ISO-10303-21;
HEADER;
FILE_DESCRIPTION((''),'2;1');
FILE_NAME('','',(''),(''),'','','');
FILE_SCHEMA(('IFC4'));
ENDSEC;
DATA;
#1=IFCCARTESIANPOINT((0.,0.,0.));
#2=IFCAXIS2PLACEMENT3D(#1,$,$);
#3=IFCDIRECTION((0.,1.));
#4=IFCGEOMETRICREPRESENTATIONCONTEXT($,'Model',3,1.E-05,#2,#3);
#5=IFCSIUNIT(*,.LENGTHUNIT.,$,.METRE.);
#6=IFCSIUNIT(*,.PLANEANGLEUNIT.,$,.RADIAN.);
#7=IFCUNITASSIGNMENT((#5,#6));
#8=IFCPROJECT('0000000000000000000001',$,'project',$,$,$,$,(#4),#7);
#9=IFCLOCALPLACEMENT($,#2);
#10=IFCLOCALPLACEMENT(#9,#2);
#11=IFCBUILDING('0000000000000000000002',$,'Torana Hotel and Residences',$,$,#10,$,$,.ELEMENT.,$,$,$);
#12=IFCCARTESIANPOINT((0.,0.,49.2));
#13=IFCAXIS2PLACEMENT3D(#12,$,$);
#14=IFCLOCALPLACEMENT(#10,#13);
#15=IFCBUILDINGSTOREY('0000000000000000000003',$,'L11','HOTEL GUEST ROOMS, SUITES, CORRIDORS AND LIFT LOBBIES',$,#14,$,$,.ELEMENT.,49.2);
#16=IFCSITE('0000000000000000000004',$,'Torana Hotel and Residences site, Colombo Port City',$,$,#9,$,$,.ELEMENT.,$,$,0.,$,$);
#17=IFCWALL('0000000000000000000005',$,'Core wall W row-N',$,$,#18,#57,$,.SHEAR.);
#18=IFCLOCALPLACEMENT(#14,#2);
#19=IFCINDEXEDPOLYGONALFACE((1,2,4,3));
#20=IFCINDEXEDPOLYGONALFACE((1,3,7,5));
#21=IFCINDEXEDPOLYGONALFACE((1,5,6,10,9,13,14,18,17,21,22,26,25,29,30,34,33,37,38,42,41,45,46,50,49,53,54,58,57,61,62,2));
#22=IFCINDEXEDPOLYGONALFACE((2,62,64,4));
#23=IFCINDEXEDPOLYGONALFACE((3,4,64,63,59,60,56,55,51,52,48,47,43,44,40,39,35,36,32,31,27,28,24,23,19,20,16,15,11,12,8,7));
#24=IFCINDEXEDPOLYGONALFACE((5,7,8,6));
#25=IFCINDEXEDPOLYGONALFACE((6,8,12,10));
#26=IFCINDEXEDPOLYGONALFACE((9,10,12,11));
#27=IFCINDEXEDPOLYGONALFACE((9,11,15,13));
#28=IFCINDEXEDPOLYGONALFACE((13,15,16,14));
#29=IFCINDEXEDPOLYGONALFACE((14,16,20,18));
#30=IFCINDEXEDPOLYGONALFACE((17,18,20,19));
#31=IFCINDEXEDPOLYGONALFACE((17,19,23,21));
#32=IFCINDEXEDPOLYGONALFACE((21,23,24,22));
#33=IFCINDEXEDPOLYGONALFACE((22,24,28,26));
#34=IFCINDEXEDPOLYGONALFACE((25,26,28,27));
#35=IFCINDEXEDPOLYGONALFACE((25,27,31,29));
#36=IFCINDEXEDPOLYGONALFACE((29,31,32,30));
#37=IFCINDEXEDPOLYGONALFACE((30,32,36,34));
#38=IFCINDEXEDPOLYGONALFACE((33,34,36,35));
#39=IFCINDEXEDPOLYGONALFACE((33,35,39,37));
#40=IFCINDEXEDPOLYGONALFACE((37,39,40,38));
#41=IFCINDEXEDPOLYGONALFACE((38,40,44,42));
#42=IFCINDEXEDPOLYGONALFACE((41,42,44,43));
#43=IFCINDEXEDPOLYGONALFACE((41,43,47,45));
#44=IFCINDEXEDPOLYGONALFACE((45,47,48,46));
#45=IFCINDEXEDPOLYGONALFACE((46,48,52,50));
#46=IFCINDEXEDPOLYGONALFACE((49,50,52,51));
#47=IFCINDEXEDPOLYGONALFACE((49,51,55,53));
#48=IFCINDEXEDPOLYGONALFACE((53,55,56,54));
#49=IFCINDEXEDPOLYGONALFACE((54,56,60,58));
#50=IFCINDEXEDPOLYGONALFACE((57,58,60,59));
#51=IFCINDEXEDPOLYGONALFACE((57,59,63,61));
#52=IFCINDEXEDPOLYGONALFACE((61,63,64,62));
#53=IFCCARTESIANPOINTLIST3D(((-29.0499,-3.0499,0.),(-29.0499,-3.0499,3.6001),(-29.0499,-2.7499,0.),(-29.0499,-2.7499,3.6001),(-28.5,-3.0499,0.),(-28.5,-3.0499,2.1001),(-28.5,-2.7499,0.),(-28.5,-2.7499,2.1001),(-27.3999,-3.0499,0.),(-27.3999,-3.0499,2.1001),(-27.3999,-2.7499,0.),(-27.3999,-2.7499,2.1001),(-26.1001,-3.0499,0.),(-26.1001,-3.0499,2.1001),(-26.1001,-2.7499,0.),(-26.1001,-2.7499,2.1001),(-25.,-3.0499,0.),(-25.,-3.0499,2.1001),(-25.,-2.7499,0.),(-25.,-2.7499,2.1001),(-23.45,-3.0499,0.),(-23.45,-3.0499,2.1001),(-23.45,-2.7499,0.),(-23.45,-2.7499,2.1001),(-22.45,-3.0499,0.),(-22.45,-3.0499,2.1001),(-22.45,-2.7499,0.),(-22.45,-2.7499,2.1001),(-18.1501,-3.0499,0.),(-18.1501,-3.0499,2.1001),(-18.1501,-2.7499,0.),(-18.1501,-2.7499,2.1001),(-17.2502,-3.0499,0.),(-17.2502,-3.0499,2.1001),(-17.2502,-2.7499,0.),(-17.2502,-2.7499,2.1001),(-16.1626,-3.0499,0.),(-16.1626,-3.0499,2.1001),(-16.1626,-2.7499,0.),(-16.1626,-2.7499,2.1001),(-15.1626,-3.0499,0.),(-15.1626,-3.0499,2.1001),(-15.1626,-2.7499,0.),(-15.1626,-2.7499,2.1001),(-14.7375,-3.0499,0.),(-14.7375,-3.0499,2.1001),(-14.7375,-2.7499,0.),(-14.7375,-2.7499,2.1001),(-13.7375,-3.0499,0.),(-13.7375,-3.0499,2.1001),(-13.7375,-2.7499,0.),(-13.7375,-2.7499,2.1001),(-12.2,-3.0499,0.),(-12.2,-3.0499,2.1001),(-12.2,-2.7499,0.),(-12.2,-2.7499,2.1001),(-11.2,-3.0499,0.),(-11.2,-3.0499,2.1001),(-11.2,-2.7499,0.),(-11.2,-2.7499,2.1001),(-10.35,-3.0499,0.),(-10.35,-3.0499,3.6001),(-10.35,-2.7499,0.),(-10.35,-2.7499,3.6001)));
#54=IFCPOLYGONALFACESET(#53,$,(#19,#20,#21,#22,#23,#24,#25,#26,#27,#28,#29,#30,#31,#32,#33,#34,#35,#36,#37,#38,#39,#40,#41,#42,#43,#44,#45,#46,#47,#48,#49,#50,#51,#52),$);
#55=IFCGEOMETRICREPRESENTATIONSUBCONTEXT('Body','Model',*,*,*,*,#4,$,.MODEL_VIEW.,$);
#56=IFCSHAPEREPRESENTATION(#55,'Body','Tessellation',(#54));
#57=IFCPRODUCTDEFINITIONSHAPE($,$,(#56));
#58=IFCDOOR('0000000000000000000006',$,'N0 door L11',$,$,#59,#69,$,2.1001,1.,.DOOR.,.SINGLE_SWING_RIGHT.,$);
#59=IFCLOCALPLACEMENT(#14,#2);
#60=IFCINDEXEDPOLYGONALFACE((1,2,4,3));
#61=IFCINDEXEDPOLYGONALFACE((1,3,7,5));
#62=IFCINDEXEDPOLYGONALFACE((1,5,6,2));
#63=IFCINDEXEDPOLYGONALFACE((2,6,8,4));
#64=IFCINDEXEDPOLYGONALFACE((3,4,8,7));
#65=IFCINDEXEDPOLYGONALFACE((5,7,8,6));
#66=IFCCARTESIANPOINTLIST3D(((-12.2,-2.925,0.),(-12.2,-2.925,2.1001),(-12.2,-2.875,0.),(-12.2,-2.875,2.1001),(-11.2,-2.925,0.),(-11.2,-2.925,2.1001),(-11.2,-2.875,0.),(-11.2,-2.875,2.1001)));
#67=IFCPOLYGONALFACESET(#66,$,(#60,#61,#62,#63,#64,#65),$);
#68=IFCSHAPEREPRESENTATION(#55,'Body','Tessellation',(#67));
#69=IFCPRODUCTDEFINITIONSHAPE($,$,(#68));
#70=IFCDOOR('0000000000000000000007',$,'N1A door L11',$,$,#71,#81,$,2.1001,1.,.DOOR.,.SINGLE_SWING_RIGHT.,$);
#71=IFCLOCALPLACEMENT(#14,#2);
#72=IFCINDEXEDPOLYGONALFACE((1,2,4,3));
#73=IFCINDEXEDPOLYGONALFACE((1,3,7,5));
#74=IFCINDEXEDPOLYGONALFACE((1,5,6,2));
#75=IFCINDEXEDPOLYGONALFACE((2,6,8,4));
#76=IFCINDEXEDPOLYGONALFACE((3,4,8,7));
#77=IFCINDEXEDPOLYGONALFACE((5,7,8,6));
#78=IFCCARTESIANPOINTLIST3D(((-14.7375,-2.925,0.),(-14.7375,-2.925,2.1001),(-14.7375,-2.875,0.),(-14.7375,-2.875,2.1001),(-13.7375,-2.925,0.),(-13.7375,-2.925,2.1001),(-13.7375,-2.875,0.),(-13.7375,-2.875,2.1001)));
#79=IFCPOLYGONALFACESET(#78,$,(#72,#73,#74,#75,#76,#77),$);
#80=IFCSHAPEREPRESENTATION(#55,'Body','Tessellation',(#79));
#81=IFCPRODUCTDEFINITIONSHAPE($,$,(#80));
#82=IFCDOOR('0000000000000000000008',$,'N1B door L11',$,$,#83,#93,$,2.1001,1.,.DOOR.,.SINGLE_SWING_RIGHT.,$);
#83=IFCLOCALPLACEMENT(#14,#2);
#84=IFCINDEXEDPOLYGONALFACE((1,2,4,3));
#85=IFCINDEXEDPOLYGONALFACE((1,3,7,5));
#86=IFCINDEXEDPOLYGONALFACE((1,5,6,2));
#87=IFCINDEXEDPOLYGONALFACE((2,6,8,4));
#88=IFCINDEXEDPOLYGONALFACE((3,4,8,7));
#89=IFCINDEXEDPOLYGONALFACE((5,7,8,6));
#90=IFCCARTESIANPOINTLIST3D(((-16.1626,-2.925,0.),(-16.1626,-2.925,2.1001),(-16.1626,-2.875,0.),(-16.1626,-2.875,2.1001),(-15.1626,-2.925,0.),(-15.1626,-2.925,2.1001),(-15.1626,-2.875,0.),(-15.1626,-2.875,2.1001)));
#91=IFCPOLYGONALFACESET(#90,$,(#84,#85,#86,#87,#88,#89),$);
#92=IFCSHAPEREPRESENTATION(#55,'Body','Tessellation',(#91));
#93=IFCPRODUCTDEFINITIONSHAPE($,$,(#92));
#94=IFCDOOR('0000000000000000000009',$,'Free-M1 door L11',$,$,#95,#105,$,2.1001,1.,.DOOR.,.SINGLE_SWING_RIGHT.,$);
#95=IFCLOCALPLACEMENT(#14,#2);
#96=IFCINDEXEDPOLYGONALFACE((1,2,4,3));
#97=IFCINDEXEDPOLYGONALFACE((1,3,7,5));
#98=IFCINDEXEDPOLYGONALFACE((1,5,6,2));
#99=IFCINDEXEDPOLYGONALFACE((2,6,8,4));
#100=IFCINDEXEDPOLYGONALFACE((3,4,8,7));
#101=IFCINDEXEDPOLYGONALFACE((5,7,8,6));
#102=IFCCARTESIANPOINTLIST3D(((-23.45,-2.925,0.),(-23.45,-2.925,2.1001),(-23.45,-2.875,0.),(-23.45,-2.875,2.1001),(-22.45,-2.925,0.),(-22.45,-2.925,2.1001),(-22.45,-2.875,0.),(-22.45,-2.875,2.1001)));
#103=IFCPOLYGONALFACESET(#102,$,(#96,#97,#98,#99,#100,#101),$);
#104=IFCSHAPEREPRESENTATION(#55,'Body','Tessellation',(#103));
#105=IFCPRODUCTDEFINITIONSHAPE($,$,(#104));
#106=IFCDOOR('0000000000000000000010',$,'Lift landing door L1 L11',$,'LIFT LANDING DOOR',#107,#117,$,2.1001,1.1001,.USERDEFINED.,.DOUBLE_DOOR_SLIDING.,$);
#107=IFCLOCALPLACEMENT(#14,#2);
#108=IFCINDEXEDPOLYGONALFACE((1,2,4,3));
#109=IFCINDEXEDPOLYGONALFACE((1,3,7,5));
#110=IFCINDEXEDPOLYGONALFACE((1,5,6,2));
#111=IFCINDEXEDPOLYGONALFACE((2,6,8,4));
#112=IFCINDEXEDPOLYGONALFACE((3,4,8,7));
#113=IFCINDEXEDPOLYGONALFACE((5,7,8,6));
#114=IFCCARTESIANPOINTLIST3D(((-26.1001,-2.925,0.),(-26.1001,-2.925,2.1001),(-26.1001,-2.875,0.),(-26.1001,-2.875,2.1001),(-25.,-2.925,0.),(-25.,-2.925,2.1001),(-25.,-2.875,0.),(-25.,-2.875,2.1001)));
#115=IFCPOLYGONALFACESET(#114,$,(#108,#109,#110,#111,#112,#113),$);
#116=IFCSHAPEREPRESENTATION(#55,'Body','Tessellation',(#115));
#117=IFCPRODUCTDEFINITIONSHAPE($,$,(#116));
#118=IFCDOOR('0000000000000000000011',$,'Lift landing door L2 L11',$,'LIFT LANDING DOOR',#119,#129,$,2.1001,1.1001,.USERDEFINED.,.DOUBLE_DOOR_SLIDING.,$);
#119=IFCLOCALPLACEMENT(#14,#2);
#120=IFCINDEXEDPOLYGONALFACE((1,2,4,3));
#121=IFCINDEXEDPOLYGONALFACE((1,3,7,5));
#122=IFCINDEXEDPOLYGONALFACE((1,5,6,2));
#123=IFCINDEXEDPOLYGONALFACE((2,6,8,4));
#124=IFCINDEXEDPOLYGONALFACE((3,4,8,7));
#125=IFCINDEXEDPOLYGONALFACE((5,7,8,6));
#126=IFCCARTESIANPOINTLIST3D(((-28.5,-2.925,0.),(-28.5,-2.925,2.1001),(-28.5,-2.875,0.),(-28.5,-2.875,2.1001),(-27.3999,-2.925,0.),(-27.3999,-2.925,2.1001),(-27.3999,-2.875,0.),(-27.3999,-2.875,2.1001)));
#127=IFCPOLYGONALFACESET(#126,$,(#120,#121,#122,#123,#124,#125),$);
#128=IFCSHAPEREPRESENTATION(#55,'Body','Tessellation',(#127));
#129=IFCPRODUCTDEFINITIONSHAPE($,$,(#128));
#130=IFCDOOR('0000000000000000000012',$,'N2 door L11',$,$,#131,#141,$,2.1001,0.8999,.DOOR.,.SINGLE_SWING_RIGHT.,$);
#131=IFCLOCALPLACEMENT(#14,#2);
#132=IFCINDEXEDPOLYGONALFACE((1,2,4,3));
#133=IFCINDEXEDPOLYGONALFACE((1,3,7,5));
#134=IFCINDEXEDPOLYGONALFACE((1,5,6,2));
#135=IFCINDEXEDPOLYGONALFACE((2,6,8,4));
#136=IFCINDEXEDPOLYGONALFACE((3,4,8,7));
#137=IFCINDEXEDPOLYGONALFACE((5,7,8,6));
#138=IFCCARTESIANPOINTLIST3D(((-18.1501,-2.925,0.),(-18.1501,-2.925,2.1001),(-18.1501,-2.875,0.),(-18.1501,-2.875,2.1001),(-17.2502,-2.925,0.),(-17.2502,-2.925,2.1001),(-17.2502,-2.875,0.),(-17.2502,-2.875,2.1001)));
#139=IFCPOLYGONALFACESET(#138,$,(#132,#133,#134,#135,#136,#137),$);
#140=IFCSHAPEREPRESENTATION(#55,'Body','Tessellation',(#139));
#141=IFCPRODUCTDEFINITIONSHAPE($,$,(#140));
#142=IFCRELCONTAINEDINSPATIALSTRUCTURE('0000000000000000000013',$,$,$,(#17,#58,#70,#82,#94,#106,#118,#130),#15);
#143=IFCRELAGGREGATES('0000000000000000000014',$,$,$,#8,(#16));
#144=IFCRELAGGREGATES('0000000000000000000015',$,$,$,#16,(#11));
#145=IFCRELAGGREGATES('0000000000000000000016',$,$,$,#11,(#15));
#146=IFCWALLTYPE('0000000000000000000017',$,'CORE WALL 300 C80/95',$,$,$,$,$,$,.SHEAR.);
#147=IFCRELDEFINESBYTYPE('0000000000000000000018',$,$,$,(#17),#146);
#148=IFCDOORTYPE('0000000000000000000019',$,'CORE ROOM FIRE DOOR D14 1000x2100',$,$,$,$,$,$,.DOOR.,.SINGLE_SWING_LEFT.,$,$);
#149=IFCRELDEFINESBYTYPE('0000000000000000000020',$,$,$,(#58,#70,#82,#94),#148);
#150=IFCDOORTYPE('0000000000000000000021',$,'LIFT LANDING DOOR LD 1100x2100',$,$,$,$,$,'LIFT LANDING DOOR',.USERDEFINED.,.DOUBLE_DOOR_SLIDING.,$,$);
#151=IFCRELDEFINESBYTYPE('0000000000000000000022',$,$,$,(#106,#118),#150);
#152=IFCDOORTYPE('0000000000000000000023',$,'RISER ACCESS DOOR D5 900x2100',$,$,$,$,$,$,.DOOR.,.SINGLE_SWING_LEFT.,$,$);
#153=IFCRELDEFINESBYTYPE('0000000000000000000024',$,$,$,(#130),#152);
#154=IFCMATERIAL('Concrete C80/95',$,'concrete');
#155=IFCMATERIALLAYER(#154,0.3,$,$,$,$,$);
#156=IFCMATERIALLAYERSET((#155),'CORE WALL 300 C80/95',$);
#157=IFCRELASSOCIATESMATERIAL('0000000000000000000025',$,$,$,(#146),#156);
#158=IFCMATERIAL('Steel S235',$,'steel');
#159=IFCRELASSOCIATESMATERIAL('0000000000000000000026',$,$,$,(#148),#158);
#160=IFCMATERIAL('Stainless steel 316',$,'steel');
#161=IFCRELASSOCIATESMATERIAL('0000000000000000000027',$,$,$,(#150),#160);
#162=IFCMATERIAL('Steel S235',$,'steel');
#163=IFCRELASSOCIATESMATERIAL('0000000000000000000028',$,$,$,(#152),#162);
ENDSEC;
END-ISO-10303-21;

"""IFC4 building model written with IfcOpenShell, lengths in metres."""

from ifc_helpers import new_model, si_unit, direction, frame, frame_2d, origin, place, context, subcontext, project, spatial, rectangle, extrude, material, layer, layer_set, type_object, element, fill, save


model = new_model("IFC4")

# Units and contexts
model_context = context("Model", 3, precision=1e-05, world=origin(), true_north=direction((0.0, 1.0)))
body_context = subcontext(model_context, "Body", "Model", "MODEL_VIEW")
ifc_project = project(units=[si_unit("LENGTHUNIT", "METRE"), si_unit("PLANEANGLEUNIT", "RADIAN")], contexts=[model_context])

# Site, building, storey
site_placement = place(None, origin())
site = spatial("IfcSite", under=ifc_project, at=site_placement, Name="Torana Hotel and Residences site, Colombo Port City", CompositionType="ELEMENT", RefElevation=0.0)
building_placement = place(site_placement, origin())
building = spatial("IfcBuilding", under=site, at=building_placement, Name="Torana Hotel and Residences", CompositionType="ELEMENT")
storey_placement = place(building_placement, frame((0.0, 0.0, 49.2)))
storey = spatial("IfcBuildingStorey", under=building, at=storey_placement, Name="L11", Description="HOTEL GUEST ROOMS, SUITES, CORRIDORS AND LIFT LOBBIES", CompositionType="ELEMENT", Elevation=49.2)

# Wall, openings, doors
ifc_material_1 = material(Name="Concrete C80/95", Category="concrete")
ifc_layer_1 = layer(ifc_material_1, 0.3)
ifc_layer_set_1 = layer_set([ifc_layer_1], Name="CORE WALL 300 C80/95")
wall_type_1 = type_object("IfcWallType", Name="CORE WALL 300 C80/95", PredefinedType="SHEAR", material=ifc_layer_set_1)
wall_1_placement = place(storey_placement, frame((-29.05, -2.8999, 0.0), z_axis=(0.0, 0.0, 1.0), x_axis=(1.0, 0.0, 0.0)))
wall_1 = element("IfcWall", 1, at=wall_1_placement, inside=storey, type_object=wall_type_1, Name="Core wall W row-N", PredefinedType="SHEAR", context=body_context, shape_type="SweptSolid", body=[
    extrude(rectangle(XDim=18.7, YDim=0.3, at=frame_2d((9.3501, 0.0))), origin(), (0.0, 0.0, 1.0), 3.6001),
])
opening_1_placement = place(wall_1_placement, frame((2.95, 0.0, 0.0)))
opening_1 = element("IfcOpeningElement", 2, at=opening_1_placement, cuts=wall_1, PredefinedType="OPENING", context=body_context, shape_type="SweptSolid", body=[
    extrude(rectangle(XDim=1.1001, YDim=2.1001, at=frame_2d((0.55, 1.05))), frame((0.0, 0.1599, 0.0), z_axis=(0.0, -1.0, 0.0), x_axis=(1.0, 0.0, 0.0)), (0.0, 0.0, 1.0), 0.3201),
])
opening_2_placement = place(wall_1_placement, frame((0.55, 0.0, 0.0)))
opening_2 = element("IfcOpeningElement", 3, at=opening_2_placement, cuts=wall_1, PredefinedType="OPENING", context=body_context, shape_type="SweptSolid", body=[
    extrude(rectangle(XDim=1.1001, YDim=2.1001, at=frame_2d((0.55, 1.05))), frame((0.0, 0.1599, 0.0), z_axis=(0.0, -1.0, 0.0), x_axis=(1.0, 0.0, 0.0)), (0.0, 0.0, 1.0), 0.3201),
])
opening_3_placement = place(wall_1_placement, frame((10.8999, 0.0, 0.0)))
opening_3 = element("IfcOpeningElement", 4, at=opening_3_placement, cuts=wall_1, PredefinedType="OPENING", context=body_context, shape_type="SweptSolid", body=[
    extrude(rectangle(XDim=0.8999, YDim=2.1001, at=frame_2d((0.45, 1.05))), frame((0.0, 0.1599, 0.0), z_axis=(0.0, -1.0, 0.0), x_axis=(1.0, 0.0, 0.0)), (0.0, 0.0, 1.0), 0.3201),
])
opening_4_placement = place(wall_1_placement, frame((16.8501, 0.0, 0.0)))
opening_4 = element("IfcOpeningElement", 5, at=opening_4_placement, cuts=wall_1, PredefinedType="OPENING", context=body_context, shape_type="SweptSolid", body=[
    extrude(rectangle(XDim=1.0, YDim=2.1001, at=frame_2d((0.5, 1.05))), frame((0.0, 0.1599, 0.0), z_axis=(0.0, -1.0, 0.0), x_axis=(1.0, 0.0, 0.0)), (0.0, 0.0, 1.0), 0.3201),
])
opening_5_placement = place(wall_1_placement, frame((14.3125, 0.0, 0.0)))
opening_5 = element("IfcOpeningElement", 6, at=opening_5_placement, cuts=wall_1, PredefinedType="OPENING", context=body_context, shape_type="SweptSolid", body=[
    extrude(rectangle(XDim=1.0, YDim=2.1001, at=frame_2d((0.5, 1.05))), frame((0.0, 0.1599, 0.0), z_axis=(0.0, -1.0, 0.0), x_axis=(1.0, 0.0, 0.0)), (0.0, 0.0, 1.0), 0.3201),
])
opening_6_placement = place(wall_1_placement, frame((12.8875, 0.0, 0.0)))
opening_6 = element("IfcOpeningElement", 7, at=opening_6_placement, cuts=wall_1, PredefinedType="OPENING", context=body_context, shape_type="SweptSolid", body=[
    extrude(rectangle(XDim=1.0, YDim=2.1001, at=frame_2d((0.5, 1.05))), frame((0.0, 0.1599, 0.0), z_axis=(0.0, -1.0, 0.0), x_axis=(1.0, 0.0, 0.0)), (0.0, 0.0, 1.0), 0.3201),
])
opening_7_placement = place(wall_1_placement, frame((5.6001, 0.0, 0.0)))
opening_7 = element("IfcOpeningElement", 8, at=opening_7_placement, cuts=wall_1, PredefinedType="OPENING", context=body_context, shape_type="SweptSolid", body=[
    extrude(rectangle(XDim=1.0, YDim=2.1001, at=frame_2d((0.5, 1.05))), frame((0.0, 0.1599, 0.0), z_axis=(0.0, -1.0, 0.0), x_axis=(1.0, 0.0, 0.0)), (0.0, 0.0, 1.0), 0.3201),
])
ifc_material_2 = material(Name="Steel S235", Category="steel")
door_type_1 = type_object("IfcDoorType", Name="CORE ROOM FIRE DOOR D14 1000x2100", OperationType="SINGLE_SWING_LEFT", PredefinedType="DOOR", material=ifc_material_2)
door_1_placement = place(opening_4_placement, origin())
door_1 = element("IfcDoor", 9, at=door_1_placement, inside=storey, type_object=door_type_1, Name="N0 door L11", OperationType="SINGLE_SWING_RIGHT", OverallHeight=2.1001, OverallWidth=1.0, PredefinedType="DOOR", context=body_context, shape_type="SweptSolid", body=[
    extrude(rectangle(XDim=1.0, YDim=2.1001, at=frame_2d((0.5, 1.05))), frame((0.0, 0.0249, 0.0), z_axis=(0.0, -1.0, 0.0), x_axis=(1.0, 0.0, 0.0)), (0.0, 0.0, 1.0), 0.05),
])
fill(opening_4, door_1)
door_2_placement = place(opening_5_placement, origin())
door_2 = element("IfcDoor", 10, at=door_2_placement, inside=storey, type_object=door_type_1, Name="N1A door L11", OperationType="SINGLE_SWING_RIGHT", OverallHeight=2.1001, OverallWidth=1.0, PredefinedType="DOOR", context=body_context, shape_type="SweptSolid", body=[
    extrude(rectangle(XDim=1.0, YDim=2.1001, at=frame_2d((0.5, 1.05))), frame((0.0, 0.0249, 0.0), z_axis=(0.0, -1.0, 0.0), x_axis=(1.0, 0.0, 0.0)), (0.0, 0.0, 1.0), 0.05),
])
fill(opening_5, door_2)
door_3_placement = place(opening_6_placement, origin())
door_3 = element("IfcDoor", 11, at=door_3_placement, inside=storey, type_object=door_type_1, Name="N1B door L11", OperationType="SINGLE_SWING_RIGHT", OverallHeight=2.1001, OverallWidth=1.0, PredefinedType="DOOR", context=body_context, shape_type="SweptSolid", body=[
    extrude(rectangle(XDim=1.0, YDim=2.1001, at=frame_2d((0.5, 1.05))), frame((0.0, 0.0249, 0.0), z_axis=(0.0, -1.0, 0.0), x_axis=(1.0, 0.0, 0.0)), (0.0, 0.0, 1.0), 0.05),
])
fill(opening_6, door_3)
door_4_placement = place(opening_7_placement, origin())
door_4 = element("IfcDoor", 12, at=door_4_placement, inside=storey, type_object=door_type_1, Name="Free-M1 door L11", OperationType="SINGLE_SWING_RIGHT", OverallHeight=2.1001, OverallWidth=1.0, PredefinedType="DOOR", context=body_context, shape_type="SweptSolid", body=[
    extrude(rectangle(XDim=1.0, YDim=2.1001, at=frame_2d((0.5, 1.05))), frame((0.0, 0.0249, 0.0), z_axis=(0.0, -1.0, 0.0), x_axis=(1.0, 0.0, 0.0)), (0.0, 0.0, 1.0), 0.05),
])
fill(opening_7, door_4)
ifc_material_3 = material(Name="Stainless steel 316", Category="steel")
door_type_2 = type_object("IfcDoorType", Name="LIFT LANDING DOOR LD 1100x2100", ElementType="LIFT LANDING DOOR", OperationType="DOUBLE_DOOR_SLIDING", PredefinedType="USERDEFINED", material=ifc_material_3)
door_5_placement = place(opening_1_placement, origin())
door_5 = element("IfcDoor", 13, at=door_5_placement, inside=storey, type_object=door_type_2, Name="Lift landing door L1 L11", ObjectType="LIFT LANDING DOOR", OperationType="DOUBLE_DOOR_SLIDING", OverallHeight=2.1001, OverallWidth=1.1001, PredefinedType="USERDEFINED", context=body_context, shape_type="SweptSolid", body=[
    extrude(rectangle(XDim=1.1001, YDim=2.1001, at=frame_2d((0.55, 1.05))), frame((0.0, 0.0249, 0.0), z_axis=(0.0, -1.0, 0.0), x_axis=(1.0, 0.0, 0.0)), (0.0, 0.0, 1.0), 0.05),
])
fill(opening_1, door_5)
door_6_placement = place(opening_2_placement, origin())
door_6 = element("IfcDoor", 14, at=door_6_placement, inside=storey, type_object=door_type_2, Name="Lift landing door L2 L11", ObjectType="LIFT LANDING DOOR", OperationType="DOUBLE_DOOR_SLIDING", OverallHeight=2.1001, OverallWidth=1.1001, PredefinedType="USERDEFINED", context=body_context, shape_type="SweptSolid", body=[
    extrude(rectangle(XDim=1.1001, YDim=2.1001, at=frame_2d((0.55, 1.05))), frame((0.0, 0.0249, 0.0), z_axis=(0.0, -1.0, 0.0), x_axis=(1.0, 0.0, 0.0)), (0.0, 0.0, 1.0), 0.05),
])
fill(opening_2, door_6)
ifc_material_4 = material(Name="Steel S235", Category="steel")
door_type_3 = type_object("IfcDoorType", Name="RISER ACCESS DOOR D5 900x2100", OperationType="SINGLE_SWING_LEFT", PredefinedType="DOOR", material=ifc_material_4)
door_7_placement = place(opening_3_placement, origin())
door_7 = element("IfcDoor", 15, at=door_7_placement, inside=storey, type_object=door_type_3, Name="N2 door L11", OperationType="SINGLE_SWING_RIGHT", OverallHeight=2.1001, OverallWidth=0.8999, PredefinedType="DOOR", context=body_context, shape_type="SweptSolid", body=[
    extrude(rectangle(XDim=0.8999, YDim=2.1001, at=frame_2d((0.45, 1.05))), frame((0.0, 0.0249, 0.0), z_axis=(0.0, -1.0, 0.0), x_axis=(1.0, 0.0, 0.0)), (0.0, 0.0, 1.0), 0.05),
])
fill(opening_3, door_7)

save(model, "model.ifc")
